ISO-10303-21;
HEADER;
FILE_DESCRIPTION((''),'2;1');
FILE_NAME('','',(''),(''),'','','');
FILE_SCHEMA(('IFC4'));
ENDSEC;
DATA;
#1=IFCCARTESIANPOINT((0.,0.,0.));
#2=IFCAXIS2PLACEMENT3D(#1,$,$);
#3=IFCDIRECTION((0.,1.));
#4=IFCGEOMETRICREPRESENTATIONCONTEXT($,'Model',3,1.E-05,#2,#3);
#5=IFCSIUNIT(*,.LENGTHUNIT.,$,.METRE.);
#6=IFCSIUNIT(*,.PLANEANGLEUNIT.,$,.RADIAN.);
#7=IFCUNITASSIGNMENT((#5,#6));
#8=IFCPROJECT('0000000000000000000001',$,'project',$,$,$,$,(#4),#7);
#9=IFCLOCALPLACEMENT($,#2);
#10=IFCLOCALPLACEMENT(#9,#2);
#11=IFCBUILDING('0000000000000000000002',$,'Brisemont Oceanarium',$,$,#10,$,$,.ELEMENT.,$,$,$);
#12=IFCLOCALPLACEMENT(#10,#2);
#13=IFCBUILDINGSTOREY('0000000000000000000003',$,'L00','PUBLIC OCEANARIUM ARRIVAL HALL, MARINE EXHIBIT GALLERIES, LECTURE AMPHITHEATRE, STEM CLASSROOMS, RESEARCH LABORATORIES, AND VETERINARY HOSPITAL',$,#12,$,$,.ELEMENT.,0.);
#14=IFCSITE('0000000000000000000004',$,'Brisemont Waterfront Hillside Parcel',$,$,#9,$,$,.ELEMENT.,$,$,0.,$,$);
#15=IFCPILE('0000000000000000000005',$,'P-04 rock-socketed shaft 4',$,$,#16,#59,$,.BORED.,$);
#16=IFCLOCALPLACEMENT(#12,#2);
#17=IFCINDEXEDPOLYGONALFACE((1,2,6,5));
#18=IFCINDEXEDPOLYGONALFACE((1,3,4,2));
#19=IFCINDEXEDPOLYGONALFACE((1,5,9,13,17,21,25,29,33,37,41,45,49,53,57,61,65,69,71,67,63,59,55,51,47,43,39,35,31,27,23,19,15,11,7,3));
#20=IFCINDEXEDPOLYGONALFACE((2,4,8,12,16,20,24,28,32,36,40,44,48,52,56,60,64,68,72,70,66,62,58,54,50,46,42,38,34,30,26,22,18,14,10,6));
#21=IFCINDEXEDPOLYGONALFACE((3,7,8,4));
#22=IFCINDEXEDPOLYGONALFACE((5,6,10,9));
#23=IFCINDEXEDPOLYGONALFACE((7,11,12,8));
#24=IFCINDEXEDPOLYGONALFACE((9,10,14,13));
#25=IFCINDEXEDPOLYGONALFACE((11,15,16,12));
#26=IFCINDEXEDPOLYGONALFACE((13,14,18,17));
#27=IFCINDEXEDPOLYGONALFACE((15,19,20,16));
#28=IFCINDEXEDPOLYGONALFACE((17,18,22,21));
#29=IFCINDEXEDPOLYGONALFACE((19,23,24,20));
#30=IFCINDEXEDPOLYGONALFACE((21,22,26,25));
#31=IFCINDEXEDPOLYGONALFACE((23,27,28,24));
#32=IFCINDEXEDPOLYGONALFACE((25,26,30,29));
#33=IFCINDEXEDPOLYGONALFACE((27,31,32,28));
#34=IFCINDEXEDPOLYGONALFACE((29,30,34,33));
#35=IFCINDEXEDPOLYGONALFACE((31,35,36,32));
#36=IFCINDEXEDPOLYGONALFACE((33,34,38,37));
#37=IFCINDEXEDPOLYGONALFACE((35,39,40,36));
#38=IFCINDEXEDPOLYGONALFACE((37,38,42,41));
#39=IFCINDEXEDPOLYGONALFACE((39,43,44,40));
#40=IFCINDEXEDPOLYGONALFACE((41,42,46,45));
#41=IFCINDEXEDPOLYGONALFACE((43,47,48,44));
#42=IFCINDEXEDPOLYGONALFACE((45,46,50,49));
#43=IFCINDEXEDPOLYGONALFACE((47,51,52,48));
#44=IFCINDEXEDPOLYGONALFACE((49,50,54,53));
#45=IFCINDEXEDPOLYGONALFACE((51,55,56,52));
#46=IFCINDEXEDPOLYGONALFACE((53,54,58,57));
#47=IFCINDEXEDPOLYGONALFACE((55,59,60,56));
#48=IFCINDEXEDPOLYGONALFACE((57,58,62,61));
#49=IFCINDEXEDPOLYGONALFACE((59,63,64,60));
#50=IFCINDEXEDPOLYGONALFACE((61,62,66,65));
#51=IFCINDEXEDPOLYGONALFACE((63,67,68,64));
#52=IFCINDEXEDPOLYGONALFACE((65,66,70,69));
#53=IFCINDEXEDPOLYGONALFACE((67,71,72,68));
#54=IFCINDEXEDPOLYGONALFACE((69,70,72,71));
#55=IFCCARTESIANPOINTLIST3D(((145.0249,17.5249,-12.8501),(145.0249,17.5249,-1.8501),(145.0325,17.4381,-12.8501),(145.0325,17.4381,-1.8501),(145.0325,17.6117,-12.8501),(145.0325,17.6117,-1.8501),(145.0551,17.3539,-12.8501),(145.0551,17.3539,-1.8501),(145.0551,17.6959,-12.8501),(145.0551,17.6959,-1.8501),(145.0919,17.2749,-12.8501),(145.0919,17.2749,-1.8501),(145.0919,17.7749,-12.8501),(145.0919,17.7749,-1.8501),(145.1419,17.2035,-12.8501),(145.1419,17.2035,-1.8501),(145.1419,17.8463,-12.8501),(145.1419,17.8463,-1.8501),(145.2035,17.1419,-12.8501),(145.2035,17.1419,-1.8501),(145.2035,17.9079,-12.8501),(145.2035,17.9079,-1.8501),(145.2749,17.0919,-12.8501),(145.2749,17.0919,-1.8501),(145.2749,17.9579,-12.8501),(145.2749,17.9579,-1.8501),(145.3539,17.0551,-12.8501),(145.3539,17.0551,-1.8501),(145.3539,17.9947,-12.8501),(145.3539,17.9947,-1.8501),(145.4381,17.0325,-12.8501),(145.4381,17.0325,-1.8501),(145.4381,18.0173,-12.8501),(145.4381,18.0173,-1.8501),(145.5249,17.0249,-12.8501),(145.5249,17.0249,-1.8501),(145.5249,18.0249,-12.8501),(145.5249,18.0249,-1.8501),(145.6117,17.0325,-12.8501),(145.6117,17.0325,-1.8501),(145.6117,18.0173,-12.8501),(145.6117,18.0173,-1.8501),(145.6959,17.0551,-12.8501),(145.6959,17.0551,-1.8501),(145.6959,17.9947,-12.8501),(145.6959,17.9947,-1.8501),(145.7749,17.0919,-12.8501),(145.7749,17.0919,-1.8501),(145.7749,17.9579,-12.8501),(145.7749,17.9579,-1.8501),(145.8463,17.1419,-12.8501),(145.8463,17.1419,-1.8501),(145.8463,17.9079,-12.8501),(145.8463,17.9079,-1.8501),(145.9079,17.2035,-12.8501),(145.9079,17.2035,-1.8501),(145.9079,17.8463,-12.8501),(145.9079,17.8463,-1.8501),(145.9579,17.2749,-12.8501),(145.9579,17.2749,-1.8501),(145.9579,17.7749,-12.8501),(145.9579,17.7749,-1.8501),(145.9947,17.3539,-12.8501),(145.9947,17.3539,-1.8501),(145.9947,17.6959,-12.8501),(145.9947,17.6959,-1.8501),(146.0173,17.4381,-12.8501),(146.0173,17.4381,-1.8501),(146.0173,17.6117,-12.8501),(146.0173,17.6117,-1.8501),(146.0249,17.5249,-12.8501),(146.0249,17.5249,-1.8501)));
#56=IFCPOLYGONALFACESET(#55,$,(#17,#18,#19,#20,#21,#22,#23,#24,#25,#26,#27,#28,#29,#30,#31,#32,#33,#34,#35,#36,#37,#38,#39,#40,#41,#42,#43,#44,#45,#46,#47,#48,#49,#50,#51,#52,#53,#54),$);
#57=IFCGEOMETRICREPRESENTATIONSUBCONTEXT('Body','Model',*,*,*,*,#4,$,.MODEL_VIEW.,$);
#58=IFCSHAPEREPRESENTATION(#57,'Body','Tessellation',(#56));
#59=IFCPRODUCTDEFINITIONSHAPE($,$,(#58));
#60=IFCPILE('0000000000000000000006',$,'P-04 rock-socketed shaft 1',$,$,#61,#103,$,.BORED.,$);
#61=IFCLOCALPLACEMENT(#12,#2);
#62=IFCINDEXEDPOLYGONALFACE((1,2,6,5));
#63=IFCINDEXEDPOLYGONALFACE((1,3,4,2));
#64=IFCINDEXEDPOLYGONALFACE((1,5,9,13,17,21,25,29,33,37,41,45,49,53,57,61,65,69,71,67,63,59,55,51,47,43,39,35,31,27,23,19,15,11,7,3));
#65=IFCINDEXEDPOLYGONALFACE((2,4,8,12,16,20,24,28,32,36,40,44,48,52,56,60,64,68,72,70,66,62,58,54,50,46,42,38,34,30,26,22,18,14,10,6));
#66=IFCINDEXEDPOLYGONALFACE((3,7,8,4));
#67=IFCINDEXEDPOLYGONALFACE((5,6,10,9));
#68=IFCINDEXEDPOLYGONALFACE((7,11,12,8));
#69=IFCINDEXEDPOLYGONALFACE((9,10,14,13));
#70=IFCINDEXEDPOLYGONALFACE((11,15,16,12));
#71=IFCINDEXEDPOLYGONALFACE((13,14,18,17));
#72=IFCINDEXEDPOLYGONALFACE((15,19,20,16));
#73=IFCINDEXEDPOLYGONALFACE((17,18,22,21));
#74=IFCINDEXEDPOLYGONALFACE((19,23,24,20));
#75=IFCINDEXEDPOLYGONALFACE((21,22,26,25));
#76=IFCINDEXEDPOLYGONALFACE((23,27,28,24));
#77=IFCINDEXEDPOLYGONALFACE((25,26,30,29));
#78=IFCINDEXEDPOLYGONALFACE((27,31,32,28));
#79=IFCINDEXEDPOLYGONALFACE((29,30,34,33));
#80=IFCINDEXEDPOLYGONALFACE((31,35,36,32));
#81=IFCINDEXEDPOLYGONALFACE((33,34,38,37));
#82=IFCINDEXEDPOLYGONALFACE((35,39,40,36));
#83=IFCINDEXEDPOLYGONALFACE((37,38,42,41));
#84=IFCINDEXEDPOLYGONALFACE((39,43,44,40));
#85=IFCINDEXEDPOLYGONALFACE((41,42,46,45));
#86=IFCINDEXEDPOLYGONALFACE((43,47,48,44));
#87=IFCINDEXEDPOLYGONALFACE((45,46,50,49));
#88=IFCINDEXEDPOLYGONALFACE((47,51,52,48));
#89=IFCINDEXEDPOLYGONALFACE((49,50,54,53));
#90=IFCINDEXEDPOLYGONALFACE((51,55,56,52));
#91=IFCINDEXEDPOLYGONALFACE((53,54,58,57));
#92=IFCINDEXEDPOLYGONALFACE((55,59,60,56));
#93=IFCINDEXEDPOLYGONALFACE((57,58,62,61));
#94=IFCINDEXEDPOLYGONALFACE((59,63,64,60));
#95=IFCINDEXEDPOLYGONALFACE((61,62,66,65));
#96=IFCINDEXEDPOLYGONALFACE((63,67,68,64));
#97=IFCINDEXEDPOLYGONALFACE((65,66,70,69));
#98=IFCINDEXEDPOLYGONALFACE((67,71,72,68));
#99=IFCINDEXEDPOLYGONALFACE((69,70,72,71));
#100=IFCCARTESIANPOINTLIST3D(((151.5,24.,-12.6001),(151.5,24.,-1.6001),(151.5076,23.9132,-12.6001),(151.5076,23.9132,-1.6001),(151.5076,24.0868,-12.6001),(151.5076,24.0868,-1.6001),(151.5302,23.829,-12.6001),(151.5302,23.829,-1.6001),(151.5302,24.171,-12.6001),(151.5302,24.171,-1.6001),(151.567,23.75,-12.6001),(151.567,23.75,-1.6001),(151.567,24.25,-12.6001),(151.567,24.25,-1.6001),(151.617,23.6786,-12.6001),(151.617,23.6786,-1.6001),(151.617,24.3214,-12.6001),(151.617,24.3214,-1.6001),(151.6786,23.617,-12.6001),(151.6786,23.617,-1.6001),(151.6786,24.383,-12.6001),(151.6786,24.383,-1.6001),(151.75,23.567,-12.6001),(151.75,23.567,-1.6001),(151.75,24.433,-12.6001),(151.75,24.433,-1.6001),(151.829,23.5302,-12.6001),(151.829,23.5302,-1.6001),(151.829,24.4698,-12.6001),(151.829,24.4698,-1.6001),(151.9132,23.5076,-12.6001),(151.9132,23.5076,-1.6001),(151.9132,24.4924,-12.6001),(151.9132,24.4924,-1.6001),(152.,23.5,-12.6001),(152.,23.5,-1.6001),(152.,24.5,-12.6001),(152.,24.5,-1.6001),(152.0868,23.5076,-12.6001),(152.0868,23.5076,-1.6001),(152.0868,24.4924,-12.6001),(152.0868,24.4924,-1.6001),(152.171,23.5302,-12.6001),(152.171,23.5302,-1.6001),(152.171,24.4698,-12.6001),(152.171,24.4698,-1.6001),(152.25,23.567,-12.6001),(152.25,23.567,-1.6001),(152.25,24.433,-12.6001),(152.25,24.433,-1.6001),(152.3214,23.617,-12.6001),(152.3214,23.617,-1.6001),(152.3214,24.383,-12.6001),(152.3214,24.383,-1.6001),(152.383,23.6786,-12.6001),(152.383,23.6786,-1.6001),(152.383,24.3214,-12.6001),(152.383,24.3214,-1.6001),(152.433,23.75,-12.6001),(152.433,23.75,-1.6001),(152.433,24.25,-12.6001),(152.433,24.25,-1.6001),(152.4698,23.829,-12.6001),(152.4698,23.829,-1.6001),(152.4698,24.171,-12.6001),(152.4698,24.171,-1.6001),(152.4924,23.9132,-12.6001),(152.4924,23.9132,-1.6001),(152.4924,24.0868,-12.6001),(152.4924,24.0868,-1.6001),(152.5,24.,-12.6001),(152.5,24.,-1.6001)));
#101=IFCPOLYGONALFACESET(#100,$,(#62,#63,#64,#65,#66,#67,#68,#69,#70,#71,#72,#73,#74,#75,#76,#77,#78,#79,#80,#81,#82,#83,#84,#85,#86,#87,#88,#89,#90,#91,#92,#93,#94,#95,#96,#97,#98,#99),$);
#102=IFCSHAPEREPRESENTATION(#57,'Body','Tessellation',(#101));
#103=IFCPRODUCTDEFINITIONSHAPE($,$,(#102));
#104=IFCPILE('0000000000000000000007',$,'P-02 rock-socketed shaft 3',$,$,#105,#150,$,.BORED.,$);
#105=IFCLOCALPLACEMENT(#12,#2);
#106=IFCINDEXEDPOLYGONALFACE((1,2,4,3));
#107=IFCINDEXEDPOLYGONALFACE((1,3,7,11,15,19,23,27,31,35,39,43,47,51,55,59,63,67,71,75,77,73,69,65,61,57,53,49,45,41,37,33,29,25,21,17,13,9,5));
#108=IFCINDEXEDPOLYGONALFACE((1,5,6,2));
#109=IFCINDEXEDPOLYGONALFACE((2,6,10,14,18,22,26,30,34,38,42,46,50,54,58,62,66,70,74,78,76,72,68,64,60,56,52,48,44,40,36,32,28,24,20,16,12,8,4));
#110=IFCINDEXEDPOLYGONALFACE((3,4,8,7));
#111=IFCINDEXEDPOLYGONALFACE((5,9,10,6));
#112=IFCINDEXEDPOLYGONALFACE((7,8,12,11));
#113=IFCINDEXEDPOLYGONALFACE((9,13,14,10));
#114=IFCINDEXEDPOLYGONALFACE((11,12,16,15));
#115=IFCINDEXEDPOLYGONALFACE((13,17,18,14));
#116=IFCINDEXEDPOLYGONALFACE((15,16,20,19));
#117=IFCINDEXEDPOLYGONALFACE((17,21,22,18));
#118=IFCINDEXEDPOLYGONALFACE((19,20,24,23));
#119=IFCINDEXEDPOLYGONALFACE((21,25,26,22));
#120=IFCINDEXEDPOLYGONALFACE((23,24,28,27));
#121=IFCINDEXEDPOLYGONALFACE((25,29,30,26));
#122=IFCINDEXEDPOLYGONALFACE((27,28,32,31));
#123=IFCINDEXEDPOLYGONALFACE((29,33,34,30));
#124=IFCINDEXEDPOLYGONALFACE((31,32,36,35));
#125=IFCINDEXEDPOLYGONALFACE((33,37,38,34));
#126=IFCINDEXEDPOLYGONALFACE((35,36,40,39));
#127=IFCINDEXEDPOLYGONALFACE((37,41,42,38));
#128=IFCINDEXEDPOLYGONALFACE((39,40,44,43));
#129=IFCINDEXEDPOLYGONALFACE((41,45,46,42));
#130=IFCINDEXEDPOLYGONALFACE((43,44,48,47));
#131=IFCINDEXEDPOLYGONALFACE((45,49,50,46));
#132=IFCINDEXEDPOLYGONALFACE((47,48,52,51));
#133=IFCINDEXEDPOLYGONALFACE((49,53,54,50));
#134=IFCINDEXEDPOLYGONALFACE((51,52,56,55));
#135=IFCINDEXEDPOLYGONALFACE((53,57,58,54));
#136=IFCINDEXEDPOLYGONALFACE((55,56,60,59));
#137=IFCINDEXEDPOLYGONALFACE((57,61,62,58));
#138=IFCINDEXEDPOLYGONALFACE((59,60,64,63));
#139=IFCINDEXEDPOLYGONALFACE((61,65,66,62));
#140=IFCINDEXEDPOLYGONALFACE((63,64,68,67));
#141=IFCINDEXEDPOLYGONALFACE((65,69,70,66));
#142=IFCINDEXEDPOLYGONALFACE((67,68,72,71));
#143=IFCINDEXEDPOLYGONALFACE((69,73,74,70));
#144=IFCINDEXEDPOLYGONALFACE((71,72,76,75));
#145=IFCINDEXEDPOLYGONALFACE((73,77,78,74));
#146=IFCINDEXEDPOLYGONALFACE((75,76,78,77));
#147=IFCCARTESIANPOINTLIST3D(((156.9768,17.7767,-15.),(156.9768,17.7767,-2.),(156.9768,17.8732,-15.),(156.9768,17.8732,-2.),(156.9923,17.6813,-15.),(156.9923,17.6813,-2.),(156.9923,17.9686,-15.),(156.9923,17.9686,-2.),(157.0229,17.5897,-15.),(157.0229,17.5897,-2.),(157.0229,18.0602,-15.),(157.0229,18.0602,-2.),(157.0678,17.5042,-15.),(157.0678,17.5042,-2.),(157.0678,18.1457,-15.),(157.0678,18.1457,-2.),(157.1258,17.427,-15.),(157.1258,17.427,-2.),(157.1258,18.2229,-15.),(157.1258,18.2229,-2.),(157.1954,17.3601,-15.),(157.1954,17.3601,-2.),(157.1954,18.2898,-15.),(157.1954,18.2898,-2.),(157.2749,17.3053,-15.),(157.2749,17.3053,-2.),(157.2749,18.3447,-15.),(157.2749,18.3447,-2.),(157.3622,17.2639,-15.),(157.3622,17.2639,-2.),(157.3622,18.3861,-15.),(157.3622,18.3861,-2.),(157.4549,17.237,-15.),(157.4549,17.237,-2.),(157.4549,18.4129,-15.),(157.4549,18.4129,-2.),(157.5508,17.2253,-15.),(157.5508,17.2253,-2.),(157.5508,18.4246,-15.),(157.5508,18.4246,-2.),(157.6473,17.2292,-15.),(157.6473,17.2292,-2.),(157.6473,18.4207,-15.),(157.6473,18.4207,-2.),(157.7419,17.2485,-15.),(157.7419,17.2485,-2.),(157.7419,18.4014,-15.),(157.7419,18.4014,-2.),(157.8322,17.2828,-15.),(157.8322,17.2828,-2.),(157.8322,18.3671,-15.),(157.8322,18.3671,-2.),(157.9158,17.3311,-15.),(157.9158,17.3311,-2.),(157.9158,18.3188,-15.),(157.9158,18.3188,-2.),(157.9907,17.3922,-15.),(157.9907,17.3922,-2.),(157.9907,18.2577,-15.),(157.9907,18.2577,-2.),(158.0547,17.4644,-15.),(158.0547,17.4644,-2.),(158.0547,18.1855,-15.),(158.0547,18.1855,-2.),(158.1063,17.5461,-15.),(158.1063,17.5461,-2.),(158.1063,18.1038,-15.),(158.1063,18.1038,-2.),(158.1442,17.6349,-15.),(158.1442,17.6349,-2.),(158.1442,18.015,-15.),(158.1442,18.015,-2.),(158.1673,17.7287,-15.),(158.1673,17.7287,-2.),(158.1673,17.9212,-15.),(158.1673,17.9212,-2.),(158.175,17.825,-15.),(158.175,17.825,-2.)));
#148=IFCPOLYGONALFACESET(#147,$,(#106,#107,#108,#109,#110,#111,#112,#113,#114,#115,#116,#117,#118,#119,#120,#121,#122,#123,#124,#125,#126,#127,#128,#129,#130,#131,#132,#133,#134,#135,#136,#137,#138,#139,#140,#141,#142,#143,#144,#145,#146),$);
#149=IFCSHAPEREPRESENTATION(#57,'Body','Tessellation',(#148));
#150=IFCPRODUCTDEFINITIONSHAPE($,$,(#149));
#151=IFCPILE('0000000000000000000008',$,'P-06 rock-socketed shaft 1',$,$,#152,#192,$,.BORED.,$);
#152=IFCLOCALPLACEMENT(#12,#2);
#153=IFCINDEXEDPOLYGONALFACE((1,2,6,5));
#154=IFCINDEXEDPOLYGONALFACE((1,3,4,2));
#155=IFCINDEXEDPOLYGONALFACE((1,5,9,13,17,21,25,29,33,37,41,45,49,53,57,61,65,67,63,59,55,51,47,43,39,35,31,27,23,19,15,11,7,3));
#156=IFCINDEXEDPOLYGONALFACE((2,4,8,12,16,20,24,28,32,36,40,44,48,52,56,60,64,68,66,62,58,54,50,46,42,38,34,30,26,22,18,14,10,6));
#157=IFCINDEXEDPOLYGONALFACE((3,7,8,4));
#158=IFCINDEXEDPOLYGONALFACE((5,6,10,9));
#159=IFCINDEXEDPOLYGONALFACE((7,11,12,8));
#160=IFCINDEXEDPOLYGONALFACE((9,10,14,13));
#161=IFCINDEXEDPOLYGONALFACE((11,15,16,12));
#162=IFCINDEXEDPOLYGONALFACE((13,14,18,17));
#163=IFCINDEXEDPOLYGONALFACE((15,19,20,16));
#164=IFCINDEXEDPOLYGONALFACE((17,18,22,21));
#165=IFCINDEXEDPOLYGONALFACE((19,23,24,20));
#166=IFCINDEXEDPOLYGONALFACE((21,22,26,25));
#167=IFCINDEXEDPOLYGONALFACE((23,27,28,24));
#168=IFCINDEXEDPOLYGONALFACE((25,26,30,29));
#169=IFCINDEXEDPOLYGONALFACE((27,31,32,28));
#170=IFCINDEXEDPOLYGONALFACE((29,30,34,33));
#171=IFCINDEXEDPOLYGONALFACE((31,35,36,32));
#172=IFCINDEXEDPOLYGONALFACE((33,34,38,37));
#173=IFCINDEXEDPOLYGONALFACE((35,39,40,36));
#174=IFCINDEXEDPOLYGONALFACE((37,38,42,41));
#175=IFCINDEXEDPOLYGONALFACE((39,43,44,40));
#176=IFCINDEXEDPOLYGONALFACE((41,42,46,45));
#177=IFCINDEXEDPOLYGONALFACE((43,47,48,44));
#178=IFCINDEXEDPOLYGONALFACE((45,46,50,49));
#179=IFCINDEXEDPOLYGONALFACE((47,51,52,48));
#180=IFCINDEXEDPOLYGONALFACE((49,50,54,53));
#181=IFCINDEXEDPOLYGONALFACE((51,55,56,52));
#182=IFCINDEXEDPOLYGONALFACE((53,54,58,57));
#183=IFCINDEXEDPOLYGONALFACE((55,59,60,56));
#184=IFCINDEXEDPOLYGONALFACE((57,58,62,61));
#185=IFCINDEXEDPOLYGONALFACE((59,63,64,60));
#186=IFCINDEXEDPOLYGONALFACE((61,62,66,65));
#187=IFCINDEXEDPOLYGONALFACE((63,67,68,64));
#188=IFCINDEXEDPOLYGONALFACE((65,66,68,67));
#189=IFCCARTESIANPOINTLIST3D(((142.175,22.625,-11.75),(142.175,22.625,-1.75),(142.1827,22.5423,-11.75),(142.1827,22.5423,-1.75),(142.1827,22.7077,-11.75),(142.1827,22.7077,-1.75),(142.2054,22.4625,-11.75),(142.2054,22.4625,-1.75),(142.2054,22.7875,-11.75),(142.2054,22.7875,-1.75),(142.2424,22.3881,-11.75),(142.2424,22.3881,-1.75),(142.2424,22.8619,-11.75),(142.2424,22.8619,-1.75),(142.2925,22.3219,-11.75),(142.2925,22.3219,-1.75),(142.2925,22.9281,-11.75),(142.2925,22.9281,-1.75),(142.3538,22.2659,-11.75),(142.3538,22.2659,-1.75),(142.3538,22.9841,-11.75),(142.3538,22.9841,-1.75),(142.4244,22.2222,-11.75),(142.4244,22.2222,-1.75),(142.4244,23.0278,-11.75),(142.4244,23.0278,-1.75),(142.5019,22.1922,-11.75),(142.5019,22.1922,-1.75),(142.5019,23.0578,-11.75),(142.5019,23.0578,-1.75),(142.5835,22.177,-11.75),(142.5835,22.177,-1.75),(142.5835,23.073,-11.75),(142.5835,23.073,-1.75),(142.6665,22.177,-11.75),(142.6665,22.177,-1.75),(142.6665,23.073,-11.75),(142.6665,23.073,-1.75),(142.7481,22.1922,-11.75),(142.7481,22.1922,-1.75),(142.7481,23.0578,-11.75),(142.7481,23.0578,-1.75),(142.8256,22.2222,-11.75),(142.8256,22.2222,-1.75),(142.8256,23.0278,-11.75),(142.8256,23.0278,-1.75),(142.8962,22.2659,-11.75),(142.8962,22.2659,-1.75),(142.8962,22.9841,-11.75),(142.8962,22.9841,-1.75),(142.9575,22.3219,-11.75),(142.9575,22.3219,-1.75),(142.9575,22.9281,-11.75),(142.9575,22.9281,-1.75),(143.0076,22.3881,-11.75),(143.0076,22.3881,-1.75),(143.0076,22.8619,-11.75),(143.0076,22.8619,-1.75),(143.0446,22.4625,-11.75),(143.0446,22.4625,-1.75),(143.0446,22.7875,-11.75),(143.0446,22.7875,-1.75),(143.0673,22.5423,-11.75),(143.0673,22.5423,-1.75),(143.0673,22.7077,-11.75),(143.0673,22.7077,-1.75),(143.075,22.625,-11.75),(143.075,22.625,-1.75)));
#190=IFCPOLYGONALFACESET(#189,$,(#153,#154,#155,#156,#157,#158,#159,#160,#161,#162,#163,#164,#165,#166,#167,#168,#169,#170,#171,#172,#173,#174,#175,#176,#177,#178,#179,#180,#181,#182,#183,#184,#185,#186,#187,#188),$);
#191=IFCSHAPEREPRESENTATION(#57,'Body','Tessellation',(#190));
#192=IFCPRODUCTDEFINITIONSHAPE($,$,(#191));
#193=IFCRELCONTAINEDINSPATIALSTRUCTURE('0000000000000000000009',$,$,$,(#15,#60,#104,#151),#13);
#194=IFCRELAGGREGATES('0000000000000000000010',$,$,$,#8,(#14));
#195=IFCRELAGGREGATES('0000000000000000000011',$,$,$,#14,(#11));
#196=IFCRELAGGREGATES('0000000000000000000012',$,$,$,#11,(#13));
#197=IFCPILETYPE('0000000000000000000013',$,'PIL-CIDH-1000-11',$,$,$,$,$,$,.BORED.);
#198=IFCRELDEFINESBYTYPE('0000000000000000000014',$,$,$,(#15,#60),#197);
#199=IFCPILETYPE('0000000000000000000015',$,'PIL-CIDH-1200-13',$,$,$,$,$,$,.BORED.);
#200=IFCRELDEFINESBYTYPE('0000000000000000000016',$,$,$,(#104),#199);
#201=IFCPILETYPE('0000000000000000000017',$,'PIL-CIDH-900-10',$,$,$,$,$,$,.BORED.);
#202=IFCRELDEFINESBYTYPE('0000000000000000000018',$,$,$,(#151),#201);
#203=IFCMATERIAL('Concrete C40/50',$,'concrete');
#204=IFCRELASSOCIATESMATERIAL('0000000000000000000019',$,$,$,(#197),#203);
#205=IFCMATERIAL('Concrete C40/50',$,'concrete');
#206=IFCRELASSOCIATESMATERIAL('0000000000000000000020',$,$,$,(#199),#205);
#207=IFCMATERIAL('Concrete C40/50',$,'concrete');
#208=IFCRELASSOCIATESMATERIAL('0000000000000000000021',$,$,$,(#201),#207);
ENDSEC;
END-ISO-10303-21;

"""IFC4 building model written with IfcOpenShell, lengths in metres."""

from ifc_helpers import new_model, si_unit, direction, frame, origin, origin_2d, place, context, subcontext, project, spatial, circle, extrude, material, material_profile, profile_set, type_object, element, save


model = new_model("IFC4")

# Units and contexts
model_context = context("Model", 3, precision=1e-05, world=origin(), true_north=direction((0.0, 1.0)))
body_context = subcontext(model_context, "Body", "Model", "MODEL_VIEW")
ifc_project = project(units=[si_unit("LENGTHUNIT", "METRE"), si_unit("PLANEANGLEUNIT", "RADIAN")], contexts=[model_context])

# Site, building, storey
site_placement = place(None, origin())
site = spatial("IfcSite", under=ifc_project, at=site_placement, Name="Brisemont Waterfront Hillside Parcel", CompositionType="ELEMENT", RefElevation=0.0)
building_placement = place(site_placement, origin())
building = spatial("IfcBuilding", under=site, at=building_placement, Name="Brisemont Oceanarium", CompositionType="ELEMENT")
storey_placement = place(building_placement, origin())
storey = spatial("IfcBuildingStorey", under=building, at=storey_placement, Name="L00", Description="PUBLIC OCEANARIUM ARRIVAL HALL, MARINE EXHIBIT GALLERIES, LECTURE AMPHITHEATRE, STEM CLASSROOMS, RESEARCH LABORATORIES, AND VETERINARY HOSPITAL", CompositionType="ELEMENT", Elevation=0.0)

# Piles
ifc_material_1 = material(Name="Concrete C40/50", Category="concrete")
ifc_material_profile_1 = material_profile(ifc_material_1, circle(Radius=0.5, at=origin_2d()), Name="CIDH-D1000")
ifc_profile_set_1 = profile_set([ifc_material_profile_1], Name="Concrete C40/50")
pile_type_1 = type_object("IfcPileType", Name="PIL-CIDH-1000-11", PredefinedType="BORED", material=ifc_profile_set_1)
for number, where, z_axis, x_axis, name in (
    (1, (145.5249, 17.5249, -1.8501), (0.0, 0.0, -1.0), (1.0, 0.0, 0.0), "P-04 rock-socketed shaft 4"),
    (2, (152.0, 24.0, -1.6001), (0.0, 0.0, -1.0), (1.0, 0.0, 0.0), "P-04 rock-socketed shaft 1"),
):
    element("IfcPile", number, at=place(storey_placement, frame(where, z_axis=z_axis, x_axis=x_axis)), inside=storey, type_object=pile_type_1, Name=name, PredefinedType="BORED", context=body_context, shape_type="SweptSolid", body=[
        extrude(circle(Radius=0.5, at=origin_2d()), origin(), (0.0, 0.0, 1.0), 11.0),
    ])
ifc_material_2 = material(Name="Concrete C40/50", Category="concrete")
ifc_material_profile_2 = material_profile(ifc_material_2, circle(Radius=0.6001, at=origin_2d()), Name="CIDH-D1200")
ifc_profile_set_2 = profile_set([ifc_material_profile_2], Name="Concrete C40/50")
pile_type_2 = type_object("IfcPileType", Name="PIL-CIDH-1200-13", PredefinedType="BORED", material=ifc_profile_set_2)
pile_placement = place(storey_placement, frame((157.575, 17.825, -2.0), z_axis=(0.0, 0.0, -1.0), x_axis=(1.0, 0.0, 0.0)))
element("IfcPile", 3, at=pile_placement, inside=storey, type_object=pile_type_2, Name="P-02 rock-socketed shaft 3", PredefinedType="BORED", context=body_context, shape_type="SweptSolid", body=[
    extrude(circle(Radius=0.6001, at=origin_2d()), origin(), (0.0, 0.0, 1.0), 13.0),
])
ifc_material_3 = material(Name="Concrete C40/50", Category="concrete")
ifc_material_profile_3 = material_profile(ifc_material_3, circle(Radius=0.45, at=origin_2d()), Name="CIDH-D900")
ifc_profile_set_3 = profile_set([ifc_material_profile_3], Name="Concrete C40/50")
pile_type_3 = type_object("IfcPileType", Name="PIL-CIDH-900-10", PredefinedType="BORED", material=ifc_profile_set_3)
for number, where, z_axis, x_axis, name in (
    (4, (142.625, 22.625, -1.75), (0.0, 0.0, -1.0), (1.0, 0.0, 0.0), "P-06 rock-socketed shaft 1"),
):
    element("IfcPile", number, at=place(storey_placement, frame(where, z_axis=z_axis, x_axis=x_axis)), inside=storey, type_object=pile_type_3, Name=name, PredefinedType="BORED", context=body_context, shape_type="SweptSolid", body=[
        extrude(circle(Radius=0.45, at=origin_2d()), origin(), (0.0, 0.0, 1.0), 10.0),
    ])

save(model, "model.ifc")
